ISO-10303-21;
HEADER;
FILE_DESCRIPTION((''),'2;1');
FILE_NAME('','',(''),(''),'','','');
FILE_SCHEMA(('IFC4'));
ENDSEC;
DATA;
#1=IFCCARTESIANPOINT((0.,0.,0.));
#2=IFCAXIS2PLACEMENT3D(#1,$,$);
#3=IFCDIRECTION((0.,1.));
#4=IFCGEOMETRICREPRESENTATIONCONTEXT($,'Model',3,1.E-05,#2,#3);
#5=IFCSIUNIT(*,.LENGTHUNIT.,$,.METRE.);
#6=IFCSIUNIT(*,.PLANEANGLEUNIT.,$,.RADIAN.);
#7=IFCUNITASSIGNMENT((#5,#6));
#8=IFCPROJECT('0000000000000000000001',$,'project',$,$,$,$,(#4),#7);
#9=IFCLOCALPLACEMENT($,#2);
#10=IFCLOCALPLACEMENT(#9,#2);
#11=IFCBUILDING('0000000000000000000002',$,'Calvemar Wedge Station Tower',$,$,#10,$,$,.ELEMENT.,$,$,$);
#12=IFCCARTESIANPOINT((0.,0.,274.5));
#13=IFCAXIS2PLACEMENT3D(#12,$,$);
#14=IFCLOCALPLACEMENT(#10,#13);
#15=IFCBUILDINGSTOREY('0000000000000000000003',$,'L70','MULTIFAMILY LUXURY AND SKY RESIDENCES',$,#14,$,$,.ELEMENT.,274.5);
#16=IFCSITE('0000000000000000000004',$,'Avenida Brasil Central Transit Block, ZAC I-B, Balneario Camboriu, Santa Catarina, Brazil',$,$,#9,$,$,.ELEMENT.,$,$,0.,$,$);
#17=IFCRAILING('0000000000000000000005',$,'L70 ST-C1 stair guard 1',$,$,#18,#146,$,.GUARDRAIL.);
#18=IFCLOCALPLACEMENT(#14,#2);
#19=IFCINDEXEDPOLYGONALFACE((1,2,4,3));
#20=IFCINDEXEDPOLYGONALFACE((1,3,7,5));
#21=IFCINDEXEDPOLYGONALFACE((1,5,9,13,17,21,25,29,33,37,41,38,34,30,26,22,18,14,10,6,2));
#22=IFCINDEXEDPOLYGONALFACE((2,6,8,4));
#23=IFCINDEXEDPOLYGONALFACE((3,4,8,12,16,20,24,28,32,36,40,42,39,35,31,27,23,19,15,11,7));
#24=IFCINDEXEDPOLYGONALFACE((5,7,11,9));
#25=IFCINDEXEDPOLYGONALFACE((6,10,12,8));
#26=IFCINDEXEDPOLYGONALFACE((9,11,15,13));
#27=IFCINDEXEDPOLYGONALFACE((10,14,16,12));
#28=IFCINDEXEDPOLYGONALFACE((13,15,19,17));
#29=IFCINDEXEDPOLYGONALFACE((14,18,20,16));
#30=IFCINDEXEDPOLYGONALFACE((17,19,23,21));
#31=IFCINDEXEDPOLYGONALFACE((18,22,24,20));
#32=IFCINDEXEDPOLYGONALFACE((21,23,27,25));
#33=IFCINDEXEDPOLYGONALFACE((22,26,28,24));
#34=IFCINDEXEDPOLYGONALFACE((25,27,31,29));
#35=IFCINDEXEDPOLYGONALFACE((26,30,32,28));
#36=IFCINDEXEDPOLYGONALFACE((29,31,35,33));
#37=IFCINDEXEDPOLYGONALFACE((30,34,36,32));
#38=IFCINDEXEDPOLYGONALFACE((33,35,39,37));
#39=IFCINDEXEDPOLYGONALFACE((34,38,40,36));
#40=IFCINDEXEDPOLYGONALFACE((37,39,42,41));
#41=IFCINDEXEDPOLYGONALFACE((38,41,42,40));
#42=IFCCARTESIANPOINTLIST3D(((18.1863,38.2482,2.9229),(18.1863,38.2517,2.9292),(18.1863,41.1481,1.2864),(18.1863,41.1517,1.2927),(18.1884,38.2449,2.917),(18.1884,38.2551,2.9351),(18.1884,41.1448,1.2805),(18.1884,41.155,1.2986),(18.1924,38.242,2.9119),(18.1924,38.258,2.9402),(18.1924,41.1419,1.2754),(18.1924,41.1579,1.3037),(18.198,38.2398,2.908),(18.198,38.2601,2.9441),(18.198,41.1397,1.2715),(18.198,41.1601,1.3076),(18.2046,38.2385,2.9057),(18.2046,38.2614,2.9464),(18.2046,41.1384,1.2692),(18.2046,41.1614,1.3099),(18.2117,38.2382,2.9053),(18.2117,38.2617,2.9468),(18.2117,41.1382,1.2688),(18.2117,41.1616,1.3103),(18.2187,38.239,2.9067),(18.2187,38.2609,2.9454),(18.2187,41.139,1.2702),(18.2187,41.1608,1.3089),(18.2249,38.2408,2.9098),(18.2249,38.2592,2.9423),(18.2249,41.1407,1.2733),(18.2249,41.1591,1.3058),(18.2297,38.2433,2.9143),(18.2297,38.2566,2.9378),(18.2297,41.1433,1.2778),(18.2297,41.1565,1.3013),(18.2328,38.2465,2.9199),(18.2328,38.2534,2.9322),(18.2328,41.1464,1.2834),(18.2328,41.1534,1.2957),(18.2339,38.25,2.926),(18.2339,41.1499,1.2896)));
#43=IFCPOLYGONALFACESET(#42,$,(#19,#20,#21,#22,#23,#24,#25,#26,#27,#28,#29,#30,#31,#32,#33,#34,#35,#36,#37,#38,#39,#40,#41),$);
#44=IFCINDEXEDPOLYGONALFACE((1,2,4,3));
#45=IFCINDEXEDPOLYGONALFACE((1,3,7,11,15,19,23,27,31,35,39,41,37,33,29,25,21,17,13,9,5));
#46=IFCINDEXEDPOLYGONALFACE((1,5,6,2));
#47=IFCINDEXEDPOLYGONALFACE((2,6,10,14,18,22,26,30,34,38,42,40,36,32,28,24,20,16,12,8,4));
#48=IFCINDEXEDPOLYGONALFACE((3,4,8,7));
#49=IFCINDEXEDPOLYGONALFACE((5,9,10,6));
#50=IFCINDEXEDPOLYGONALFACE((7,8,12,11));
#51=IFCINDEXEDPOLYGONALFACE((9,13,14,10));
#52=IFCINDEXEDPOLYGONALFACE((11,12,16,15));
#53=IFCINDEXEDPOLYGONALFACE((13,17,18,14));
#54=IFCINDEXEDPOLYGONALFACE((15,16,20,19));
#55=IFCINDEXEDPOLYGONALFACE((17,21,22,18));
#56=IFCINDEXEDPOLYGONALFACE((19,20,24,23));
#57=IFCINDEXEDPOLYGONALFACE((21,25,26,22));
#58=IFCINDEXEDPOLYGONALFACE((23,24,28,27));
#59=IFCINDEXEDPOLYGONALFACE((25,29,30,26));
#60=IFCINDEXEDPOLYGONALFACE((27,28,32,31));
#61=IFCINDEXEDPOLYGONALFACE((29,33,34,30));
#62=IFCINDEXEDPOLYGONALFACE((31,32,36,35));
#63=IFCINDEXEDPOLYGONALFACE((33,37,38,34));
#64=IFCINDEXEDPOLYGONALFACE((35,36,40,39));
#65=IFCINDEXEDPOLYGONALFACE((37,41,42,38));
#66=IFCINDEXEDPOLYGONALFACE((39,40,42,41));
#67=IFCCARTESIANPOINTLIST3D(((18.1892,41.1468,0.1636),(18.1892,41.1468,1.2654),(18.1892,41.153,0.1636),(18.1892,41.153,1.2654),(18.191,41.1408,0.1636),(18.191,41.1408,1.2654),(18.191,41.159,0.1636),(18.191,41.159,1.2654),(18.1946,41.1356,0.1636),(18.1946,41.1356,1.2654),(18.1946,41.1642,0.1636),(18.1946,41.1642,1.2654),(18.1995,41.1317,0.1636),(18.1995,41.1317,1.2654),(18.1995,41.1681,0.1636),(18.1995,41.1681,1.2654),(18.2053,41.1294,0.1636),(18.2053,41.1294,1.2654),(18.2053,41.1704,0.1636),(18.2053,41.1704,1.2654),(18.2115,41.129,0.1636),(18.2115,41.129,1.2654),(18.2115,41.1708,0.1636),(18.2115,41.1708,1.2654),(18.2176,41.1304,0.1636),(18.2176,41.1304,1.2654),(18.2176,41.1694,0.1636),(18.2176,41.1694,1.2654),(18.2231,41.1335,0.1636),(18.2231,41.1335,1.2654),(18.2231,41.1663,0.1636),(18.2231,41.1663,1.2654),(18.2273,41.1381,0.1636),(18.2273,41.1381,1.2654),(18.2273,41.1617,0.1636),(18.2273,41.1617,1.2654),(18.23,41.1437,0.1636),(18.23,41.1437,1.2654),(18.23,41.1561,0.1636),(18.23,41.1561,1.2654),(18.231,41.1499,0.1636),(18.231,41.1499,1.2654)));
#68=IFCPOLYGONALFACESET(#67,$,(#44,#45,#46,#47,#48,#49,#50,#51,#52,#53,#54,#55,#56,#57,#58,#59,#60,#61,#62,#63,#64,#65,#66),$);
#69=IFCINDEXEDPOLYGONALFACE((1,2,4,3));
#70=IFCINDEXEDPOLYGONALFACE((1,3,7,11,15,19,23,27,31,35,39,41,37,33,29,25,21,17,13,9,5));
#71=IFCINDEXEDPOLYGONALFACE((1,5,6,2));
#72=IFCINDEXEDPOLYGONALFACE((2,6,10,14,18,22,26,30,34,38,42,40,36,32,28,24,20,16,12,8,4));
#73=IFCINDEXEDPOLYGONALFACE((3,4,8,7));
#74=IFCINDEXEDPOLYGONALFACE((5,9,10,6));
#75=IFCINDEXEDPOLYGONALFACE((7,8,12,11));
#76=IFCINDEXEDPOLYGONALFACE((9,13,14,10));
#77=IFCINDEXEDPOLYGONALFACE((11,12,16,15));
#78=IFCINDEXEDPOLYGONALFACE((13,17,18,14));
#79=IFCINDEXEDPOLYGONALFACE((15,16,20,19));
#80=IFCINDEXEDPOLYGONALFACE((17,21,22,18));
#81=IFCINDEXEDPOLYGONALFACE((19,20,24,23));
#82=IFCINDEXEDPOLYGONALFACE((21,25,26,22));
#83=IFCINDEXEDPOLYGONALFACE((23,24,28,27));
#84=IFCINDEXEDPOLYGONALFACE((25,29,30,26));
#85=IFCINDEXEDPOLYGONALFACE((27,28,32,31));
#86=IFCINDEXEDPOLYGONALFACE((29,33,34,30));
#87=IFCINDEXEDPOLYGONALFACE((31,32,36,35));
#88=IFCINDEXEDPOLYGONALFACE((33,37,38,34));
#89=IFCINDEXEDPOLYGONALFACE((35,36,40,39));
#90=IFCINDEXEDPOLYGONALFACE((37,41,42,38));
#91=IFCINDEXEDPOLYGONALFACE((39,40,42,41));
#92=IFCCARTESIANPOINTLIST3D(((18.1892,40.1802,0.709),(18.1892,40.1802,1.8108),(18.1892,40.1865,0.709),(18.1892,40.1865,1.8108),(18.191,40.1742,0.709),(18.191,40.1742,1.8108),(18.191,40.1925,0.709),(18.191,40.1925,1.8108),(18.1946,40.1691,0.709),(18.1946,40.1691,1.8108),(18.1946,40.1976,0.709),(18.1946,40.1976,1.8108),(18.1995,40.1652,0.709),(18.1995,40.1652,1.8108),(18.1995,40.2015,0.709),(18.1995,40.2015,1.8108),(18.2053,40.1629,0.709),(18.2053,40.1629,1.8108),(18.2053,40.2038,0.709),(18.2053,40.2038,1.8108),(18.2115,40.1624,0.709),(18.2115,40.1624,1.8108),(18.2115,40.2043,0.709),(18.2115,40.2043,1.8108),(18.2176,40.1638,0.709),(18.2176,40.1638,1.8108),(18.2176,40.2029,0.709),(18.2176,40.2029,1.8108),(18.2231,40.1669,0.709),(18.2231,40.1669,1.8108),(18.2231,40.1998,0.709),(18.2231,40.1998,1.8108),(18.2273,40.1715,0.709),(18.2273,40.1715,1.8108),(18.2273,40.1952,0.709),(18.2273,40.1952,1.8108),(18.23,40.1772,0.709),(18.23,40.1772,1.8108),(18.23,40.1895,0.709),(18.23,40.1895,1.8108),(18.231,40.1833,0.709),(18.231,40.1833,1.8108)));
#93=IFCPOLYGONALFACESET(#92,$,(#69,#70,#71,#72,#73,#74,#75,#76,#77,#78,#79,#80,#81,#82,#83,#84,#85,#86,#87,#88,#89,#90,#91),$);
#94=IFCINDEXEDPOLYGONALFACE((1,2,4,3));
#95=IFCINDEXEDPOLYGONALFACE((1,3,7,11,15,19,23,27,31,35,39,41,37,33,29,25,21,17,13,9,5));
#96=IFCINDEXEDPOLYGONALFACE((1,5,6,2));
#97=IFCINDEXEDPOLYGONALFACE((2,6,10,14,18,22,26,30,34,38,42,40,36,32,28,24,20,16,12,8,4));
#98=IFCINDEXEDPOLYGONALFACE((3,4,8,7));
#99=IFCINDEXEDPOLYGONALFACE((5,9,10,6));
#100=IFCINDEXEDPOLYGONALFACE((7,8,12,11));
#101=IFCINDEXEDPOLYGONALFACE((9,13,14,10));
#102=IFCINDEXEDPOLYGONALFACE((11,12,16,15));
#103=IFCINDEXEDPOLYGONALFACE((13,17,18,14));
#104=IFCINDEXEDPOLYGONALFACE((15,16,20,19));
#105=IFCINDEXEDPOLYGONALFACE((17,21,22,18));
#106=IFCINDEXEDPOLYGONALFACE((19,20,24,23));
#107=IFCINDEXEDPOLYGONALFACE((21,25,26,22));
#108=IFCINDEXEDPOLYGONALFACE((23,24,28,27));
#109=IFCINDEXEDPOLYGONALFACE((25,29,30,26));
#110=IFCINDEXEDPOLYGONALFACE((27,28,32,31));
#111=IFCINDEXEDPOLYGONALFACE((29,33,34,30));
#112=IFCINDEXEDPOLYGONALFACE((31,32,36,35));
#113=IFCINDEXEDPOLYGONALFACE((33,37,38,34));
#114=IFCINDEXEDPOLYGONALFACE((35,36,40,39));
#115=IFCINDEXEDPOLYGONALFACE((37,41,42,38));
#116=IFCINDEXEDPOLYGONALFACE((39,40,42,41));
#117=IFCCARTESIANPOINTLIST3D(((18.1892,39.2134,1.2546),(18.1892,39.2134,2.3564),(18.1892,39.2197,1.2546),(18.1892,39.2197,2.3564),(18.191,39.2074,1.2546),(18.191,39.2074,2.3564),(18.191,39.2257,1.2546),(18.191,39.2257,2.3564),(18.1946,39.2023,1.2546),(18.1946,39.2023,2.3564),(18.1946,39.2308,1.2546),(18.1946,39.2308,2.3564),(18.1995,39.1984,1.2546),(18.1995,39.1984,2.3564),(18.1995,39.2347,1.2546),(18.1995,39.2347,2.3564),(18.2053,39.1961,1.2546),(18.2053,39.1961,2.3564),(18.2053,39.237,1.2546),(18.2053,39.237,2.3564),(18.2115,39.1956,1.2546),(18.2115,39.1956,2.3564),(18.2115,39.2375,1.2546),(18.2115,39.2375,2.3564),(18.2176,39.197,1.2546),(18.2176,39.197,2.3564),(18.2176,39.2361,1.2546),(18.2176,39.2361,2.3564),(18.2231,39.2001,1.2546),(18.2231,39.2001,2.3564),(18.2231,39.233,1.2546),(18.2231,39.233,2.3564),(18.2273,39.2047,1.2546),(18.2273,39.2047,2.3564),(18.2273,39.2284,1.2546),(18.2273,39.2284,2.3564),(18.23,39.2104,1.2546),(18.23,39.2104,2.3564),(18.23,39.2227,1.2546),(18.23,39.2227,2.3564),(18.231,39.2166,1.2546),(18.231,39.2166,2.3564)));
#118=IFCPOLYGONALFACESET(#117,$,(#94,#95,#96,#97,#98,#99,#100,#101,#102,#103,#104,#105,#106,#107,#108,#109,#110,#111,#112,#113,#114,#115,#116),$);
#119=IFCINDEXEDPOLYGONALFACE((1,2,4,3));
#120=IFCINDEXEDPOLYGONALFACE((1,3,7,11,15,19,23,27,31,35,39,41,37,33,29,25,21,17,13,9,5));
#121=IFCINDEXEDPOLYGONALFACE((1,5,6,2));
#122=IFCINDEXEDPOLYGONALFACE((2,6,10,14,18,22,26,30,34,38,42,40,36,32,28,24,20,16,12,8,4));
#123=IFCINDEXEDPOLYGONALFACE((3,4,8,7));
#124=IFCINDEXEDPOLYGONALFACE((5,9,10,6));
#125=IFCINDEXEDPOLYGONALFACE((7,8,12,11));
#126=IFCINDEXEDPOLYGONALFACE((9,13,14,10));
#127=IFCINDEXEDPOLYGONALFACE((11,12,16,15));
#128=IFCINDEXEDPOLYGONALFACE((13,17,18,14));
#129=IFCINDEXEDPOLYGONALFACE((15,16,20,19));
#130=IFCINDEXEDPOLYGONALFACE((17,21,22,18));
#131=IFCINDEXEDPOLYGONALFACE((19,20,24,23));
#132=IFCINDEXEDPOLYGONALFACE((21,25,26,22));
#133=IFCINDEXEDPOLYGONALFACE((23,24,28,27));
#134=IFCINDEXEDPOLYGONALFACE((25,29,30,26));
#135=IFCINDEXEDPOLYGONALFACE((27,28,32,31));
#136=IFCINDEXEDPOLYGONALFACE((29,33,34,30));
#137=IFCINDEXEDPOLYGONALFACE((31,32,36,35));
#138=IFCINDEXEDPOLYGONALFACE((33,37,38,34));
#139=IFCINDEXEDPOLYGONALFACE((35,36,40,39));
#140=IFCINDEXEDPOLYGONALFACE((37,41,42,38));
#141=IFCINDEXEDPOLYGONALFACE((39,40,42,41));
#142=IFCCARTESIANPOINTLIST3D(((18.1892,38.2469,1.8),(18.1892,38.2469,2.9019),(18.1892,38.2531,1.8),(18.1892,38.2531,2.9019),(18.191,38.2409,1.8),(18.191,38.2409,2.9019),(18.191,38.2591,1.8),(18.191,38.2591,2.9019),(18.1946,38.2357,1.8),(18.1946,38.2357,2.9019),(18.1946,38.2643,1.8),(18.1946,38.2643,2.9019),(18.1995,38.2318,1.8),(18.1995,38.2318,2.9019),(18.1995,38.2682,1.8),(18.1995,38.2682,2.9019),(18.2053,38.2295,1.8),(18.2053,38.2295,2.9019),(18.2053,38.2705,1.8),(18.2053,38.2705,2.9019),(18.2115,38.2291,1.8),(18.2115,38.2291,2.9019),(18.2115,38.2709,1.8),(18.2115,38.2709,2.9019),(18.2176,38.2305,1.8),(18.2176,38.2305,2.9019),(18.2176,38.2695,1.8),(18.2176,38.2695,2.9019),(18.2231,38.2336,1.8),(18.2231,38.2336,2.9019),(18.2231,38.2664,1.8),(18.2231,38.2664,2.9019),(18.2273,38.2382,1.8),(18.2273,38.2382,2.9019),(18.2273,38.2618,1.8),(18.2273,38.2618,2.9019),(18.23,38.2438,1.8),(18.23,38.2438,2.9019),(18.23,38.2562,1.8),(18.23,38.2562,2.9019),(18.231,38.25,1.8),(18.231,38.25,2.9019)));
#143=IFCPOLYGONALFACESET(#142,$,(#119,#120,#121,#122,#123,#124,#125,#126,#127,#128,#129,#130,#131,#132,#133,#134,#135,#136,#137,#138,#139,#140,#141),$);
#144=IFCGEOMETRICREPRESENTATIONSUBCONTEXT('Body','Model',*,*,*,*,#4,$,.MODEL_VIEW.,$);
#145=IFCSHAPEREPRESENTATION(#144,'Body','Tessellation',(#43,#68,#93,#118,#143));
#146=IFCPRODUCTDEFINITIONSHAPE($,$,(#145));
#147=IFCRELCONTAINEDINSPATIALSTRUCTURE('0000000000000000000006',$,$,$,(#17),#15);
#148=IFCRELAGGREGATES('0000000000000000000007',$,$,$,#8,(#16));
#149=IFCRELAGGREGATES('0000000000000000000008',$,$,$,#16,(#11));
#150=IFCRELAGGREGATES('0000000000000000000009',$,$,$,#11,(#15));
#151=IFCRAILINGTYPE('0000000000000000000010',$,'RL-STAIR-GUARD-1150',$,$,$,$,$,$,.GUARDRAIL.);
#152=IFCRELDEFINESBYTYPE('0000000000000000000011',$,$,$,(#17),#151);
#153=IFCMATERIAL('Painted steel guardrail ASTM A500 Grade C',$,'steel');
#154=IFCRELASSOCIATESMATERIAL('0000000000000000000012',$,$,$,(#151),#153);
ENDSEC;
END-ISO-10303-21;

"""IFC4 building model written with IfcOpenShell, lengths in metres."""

from ifc_helpers import new_model, si_unit, direction, frame, origin, origin_2d, place, context, subcontext, project, spatial, circle, extrude, material, type_object, element, save


model = new_model("IFC4")

# Units and contexts
model_context = context("Model", 3, precision=1e-05, world=origin(), true_north=direction((0.0, 1.0)))
body_context = subcontext(model_context, "Body", "Model", "MODEL_VIEW")
ifc_project = project(units=[si_unit("LENGTHUNIT", "METRE"), si_unit("PLANEANGLEUNIT", "RADIAN")], contexts=[model_context])

# Site, building, storey
site_placement = place(None, origin())
site = spatial("IfcSite", under=ifc_project, at=site_placement, Name="Avenida Brasil Central Transit Block, ZAC I-B, Balneario Camboriu, Santa Catarina, Brazil", CompositionType="ELEMENT", RefElevation=0.0)
building_placement = place(site_placement, origin())
building = spatial("IfcBuilding", under=site, at=building_placement, Name="Calvemar Wedge Station Tower", CompositionType="ELEMENT")
storey_placement = place(building_placement, frame((0.0, 0.0, 274.5)))
storey = spatial("IfcBuildingStorey", under=building, at=storey_placement, Name="L70", Description="MULTIFAMILY LUXURY AND SKY RESIDENCES", CompositionType="ELEMENT", Elevation=274.5)

# Railing
ifc_material_1 = material(Name="Painted steel guardrail ASTM A500 Grade C", Category="steel")
railing_type_1 = type_object("IfcRailingType", Name="RL-STAIR-GUARD-1150", PredefinedType="GUARDRAIL", material=ifc_material_1)
railing_1_placement = place(storey_placement, frame((18.21, 41.1499, 0.1636)))
element("IfcRailing", 1, at=railing_1_placement, inside=storey, type_object=railing_type_1, Name="L70 ST-C1 stair guard 1", PredefinedType="GUARDRAIL", context=body_context, shape_type="SweptSolid", body=[
    extrude(circle(Radius=0.0239, at=origin_2d()), frame((0.0, 0.0, 1.126), z_axis=(0.0, -0.870897, 0.491465), x_axis=(1.0, 0.0, 0.0)), (0.0, 0.0, 1.0), 3.3298),
    extrude(circle(Radius=0.021, at=origin_2d()), origin(), (0.0, 0.0, 1.0), 1.1018),
    extrude(circle(Radius=0.021, at=origin_2d()), frame((0.0, -0.9666, 0.5454)), (0.0, 0.0, 1.0), 1.1018),
    extrude(circle(Radius=0.021, at=origin_2d()), frame((0.0, -1.9333, 1.0911)), (0.0, 0.0, 1.0), 1.1018),
    extrude(circle(Radius=0.021, at=origin_2d()), frame((0.0, -2.8999, 1.6365)), (0.0, 0.0, 1.0), 1.1018),
])

save(model, "model.ifc")
